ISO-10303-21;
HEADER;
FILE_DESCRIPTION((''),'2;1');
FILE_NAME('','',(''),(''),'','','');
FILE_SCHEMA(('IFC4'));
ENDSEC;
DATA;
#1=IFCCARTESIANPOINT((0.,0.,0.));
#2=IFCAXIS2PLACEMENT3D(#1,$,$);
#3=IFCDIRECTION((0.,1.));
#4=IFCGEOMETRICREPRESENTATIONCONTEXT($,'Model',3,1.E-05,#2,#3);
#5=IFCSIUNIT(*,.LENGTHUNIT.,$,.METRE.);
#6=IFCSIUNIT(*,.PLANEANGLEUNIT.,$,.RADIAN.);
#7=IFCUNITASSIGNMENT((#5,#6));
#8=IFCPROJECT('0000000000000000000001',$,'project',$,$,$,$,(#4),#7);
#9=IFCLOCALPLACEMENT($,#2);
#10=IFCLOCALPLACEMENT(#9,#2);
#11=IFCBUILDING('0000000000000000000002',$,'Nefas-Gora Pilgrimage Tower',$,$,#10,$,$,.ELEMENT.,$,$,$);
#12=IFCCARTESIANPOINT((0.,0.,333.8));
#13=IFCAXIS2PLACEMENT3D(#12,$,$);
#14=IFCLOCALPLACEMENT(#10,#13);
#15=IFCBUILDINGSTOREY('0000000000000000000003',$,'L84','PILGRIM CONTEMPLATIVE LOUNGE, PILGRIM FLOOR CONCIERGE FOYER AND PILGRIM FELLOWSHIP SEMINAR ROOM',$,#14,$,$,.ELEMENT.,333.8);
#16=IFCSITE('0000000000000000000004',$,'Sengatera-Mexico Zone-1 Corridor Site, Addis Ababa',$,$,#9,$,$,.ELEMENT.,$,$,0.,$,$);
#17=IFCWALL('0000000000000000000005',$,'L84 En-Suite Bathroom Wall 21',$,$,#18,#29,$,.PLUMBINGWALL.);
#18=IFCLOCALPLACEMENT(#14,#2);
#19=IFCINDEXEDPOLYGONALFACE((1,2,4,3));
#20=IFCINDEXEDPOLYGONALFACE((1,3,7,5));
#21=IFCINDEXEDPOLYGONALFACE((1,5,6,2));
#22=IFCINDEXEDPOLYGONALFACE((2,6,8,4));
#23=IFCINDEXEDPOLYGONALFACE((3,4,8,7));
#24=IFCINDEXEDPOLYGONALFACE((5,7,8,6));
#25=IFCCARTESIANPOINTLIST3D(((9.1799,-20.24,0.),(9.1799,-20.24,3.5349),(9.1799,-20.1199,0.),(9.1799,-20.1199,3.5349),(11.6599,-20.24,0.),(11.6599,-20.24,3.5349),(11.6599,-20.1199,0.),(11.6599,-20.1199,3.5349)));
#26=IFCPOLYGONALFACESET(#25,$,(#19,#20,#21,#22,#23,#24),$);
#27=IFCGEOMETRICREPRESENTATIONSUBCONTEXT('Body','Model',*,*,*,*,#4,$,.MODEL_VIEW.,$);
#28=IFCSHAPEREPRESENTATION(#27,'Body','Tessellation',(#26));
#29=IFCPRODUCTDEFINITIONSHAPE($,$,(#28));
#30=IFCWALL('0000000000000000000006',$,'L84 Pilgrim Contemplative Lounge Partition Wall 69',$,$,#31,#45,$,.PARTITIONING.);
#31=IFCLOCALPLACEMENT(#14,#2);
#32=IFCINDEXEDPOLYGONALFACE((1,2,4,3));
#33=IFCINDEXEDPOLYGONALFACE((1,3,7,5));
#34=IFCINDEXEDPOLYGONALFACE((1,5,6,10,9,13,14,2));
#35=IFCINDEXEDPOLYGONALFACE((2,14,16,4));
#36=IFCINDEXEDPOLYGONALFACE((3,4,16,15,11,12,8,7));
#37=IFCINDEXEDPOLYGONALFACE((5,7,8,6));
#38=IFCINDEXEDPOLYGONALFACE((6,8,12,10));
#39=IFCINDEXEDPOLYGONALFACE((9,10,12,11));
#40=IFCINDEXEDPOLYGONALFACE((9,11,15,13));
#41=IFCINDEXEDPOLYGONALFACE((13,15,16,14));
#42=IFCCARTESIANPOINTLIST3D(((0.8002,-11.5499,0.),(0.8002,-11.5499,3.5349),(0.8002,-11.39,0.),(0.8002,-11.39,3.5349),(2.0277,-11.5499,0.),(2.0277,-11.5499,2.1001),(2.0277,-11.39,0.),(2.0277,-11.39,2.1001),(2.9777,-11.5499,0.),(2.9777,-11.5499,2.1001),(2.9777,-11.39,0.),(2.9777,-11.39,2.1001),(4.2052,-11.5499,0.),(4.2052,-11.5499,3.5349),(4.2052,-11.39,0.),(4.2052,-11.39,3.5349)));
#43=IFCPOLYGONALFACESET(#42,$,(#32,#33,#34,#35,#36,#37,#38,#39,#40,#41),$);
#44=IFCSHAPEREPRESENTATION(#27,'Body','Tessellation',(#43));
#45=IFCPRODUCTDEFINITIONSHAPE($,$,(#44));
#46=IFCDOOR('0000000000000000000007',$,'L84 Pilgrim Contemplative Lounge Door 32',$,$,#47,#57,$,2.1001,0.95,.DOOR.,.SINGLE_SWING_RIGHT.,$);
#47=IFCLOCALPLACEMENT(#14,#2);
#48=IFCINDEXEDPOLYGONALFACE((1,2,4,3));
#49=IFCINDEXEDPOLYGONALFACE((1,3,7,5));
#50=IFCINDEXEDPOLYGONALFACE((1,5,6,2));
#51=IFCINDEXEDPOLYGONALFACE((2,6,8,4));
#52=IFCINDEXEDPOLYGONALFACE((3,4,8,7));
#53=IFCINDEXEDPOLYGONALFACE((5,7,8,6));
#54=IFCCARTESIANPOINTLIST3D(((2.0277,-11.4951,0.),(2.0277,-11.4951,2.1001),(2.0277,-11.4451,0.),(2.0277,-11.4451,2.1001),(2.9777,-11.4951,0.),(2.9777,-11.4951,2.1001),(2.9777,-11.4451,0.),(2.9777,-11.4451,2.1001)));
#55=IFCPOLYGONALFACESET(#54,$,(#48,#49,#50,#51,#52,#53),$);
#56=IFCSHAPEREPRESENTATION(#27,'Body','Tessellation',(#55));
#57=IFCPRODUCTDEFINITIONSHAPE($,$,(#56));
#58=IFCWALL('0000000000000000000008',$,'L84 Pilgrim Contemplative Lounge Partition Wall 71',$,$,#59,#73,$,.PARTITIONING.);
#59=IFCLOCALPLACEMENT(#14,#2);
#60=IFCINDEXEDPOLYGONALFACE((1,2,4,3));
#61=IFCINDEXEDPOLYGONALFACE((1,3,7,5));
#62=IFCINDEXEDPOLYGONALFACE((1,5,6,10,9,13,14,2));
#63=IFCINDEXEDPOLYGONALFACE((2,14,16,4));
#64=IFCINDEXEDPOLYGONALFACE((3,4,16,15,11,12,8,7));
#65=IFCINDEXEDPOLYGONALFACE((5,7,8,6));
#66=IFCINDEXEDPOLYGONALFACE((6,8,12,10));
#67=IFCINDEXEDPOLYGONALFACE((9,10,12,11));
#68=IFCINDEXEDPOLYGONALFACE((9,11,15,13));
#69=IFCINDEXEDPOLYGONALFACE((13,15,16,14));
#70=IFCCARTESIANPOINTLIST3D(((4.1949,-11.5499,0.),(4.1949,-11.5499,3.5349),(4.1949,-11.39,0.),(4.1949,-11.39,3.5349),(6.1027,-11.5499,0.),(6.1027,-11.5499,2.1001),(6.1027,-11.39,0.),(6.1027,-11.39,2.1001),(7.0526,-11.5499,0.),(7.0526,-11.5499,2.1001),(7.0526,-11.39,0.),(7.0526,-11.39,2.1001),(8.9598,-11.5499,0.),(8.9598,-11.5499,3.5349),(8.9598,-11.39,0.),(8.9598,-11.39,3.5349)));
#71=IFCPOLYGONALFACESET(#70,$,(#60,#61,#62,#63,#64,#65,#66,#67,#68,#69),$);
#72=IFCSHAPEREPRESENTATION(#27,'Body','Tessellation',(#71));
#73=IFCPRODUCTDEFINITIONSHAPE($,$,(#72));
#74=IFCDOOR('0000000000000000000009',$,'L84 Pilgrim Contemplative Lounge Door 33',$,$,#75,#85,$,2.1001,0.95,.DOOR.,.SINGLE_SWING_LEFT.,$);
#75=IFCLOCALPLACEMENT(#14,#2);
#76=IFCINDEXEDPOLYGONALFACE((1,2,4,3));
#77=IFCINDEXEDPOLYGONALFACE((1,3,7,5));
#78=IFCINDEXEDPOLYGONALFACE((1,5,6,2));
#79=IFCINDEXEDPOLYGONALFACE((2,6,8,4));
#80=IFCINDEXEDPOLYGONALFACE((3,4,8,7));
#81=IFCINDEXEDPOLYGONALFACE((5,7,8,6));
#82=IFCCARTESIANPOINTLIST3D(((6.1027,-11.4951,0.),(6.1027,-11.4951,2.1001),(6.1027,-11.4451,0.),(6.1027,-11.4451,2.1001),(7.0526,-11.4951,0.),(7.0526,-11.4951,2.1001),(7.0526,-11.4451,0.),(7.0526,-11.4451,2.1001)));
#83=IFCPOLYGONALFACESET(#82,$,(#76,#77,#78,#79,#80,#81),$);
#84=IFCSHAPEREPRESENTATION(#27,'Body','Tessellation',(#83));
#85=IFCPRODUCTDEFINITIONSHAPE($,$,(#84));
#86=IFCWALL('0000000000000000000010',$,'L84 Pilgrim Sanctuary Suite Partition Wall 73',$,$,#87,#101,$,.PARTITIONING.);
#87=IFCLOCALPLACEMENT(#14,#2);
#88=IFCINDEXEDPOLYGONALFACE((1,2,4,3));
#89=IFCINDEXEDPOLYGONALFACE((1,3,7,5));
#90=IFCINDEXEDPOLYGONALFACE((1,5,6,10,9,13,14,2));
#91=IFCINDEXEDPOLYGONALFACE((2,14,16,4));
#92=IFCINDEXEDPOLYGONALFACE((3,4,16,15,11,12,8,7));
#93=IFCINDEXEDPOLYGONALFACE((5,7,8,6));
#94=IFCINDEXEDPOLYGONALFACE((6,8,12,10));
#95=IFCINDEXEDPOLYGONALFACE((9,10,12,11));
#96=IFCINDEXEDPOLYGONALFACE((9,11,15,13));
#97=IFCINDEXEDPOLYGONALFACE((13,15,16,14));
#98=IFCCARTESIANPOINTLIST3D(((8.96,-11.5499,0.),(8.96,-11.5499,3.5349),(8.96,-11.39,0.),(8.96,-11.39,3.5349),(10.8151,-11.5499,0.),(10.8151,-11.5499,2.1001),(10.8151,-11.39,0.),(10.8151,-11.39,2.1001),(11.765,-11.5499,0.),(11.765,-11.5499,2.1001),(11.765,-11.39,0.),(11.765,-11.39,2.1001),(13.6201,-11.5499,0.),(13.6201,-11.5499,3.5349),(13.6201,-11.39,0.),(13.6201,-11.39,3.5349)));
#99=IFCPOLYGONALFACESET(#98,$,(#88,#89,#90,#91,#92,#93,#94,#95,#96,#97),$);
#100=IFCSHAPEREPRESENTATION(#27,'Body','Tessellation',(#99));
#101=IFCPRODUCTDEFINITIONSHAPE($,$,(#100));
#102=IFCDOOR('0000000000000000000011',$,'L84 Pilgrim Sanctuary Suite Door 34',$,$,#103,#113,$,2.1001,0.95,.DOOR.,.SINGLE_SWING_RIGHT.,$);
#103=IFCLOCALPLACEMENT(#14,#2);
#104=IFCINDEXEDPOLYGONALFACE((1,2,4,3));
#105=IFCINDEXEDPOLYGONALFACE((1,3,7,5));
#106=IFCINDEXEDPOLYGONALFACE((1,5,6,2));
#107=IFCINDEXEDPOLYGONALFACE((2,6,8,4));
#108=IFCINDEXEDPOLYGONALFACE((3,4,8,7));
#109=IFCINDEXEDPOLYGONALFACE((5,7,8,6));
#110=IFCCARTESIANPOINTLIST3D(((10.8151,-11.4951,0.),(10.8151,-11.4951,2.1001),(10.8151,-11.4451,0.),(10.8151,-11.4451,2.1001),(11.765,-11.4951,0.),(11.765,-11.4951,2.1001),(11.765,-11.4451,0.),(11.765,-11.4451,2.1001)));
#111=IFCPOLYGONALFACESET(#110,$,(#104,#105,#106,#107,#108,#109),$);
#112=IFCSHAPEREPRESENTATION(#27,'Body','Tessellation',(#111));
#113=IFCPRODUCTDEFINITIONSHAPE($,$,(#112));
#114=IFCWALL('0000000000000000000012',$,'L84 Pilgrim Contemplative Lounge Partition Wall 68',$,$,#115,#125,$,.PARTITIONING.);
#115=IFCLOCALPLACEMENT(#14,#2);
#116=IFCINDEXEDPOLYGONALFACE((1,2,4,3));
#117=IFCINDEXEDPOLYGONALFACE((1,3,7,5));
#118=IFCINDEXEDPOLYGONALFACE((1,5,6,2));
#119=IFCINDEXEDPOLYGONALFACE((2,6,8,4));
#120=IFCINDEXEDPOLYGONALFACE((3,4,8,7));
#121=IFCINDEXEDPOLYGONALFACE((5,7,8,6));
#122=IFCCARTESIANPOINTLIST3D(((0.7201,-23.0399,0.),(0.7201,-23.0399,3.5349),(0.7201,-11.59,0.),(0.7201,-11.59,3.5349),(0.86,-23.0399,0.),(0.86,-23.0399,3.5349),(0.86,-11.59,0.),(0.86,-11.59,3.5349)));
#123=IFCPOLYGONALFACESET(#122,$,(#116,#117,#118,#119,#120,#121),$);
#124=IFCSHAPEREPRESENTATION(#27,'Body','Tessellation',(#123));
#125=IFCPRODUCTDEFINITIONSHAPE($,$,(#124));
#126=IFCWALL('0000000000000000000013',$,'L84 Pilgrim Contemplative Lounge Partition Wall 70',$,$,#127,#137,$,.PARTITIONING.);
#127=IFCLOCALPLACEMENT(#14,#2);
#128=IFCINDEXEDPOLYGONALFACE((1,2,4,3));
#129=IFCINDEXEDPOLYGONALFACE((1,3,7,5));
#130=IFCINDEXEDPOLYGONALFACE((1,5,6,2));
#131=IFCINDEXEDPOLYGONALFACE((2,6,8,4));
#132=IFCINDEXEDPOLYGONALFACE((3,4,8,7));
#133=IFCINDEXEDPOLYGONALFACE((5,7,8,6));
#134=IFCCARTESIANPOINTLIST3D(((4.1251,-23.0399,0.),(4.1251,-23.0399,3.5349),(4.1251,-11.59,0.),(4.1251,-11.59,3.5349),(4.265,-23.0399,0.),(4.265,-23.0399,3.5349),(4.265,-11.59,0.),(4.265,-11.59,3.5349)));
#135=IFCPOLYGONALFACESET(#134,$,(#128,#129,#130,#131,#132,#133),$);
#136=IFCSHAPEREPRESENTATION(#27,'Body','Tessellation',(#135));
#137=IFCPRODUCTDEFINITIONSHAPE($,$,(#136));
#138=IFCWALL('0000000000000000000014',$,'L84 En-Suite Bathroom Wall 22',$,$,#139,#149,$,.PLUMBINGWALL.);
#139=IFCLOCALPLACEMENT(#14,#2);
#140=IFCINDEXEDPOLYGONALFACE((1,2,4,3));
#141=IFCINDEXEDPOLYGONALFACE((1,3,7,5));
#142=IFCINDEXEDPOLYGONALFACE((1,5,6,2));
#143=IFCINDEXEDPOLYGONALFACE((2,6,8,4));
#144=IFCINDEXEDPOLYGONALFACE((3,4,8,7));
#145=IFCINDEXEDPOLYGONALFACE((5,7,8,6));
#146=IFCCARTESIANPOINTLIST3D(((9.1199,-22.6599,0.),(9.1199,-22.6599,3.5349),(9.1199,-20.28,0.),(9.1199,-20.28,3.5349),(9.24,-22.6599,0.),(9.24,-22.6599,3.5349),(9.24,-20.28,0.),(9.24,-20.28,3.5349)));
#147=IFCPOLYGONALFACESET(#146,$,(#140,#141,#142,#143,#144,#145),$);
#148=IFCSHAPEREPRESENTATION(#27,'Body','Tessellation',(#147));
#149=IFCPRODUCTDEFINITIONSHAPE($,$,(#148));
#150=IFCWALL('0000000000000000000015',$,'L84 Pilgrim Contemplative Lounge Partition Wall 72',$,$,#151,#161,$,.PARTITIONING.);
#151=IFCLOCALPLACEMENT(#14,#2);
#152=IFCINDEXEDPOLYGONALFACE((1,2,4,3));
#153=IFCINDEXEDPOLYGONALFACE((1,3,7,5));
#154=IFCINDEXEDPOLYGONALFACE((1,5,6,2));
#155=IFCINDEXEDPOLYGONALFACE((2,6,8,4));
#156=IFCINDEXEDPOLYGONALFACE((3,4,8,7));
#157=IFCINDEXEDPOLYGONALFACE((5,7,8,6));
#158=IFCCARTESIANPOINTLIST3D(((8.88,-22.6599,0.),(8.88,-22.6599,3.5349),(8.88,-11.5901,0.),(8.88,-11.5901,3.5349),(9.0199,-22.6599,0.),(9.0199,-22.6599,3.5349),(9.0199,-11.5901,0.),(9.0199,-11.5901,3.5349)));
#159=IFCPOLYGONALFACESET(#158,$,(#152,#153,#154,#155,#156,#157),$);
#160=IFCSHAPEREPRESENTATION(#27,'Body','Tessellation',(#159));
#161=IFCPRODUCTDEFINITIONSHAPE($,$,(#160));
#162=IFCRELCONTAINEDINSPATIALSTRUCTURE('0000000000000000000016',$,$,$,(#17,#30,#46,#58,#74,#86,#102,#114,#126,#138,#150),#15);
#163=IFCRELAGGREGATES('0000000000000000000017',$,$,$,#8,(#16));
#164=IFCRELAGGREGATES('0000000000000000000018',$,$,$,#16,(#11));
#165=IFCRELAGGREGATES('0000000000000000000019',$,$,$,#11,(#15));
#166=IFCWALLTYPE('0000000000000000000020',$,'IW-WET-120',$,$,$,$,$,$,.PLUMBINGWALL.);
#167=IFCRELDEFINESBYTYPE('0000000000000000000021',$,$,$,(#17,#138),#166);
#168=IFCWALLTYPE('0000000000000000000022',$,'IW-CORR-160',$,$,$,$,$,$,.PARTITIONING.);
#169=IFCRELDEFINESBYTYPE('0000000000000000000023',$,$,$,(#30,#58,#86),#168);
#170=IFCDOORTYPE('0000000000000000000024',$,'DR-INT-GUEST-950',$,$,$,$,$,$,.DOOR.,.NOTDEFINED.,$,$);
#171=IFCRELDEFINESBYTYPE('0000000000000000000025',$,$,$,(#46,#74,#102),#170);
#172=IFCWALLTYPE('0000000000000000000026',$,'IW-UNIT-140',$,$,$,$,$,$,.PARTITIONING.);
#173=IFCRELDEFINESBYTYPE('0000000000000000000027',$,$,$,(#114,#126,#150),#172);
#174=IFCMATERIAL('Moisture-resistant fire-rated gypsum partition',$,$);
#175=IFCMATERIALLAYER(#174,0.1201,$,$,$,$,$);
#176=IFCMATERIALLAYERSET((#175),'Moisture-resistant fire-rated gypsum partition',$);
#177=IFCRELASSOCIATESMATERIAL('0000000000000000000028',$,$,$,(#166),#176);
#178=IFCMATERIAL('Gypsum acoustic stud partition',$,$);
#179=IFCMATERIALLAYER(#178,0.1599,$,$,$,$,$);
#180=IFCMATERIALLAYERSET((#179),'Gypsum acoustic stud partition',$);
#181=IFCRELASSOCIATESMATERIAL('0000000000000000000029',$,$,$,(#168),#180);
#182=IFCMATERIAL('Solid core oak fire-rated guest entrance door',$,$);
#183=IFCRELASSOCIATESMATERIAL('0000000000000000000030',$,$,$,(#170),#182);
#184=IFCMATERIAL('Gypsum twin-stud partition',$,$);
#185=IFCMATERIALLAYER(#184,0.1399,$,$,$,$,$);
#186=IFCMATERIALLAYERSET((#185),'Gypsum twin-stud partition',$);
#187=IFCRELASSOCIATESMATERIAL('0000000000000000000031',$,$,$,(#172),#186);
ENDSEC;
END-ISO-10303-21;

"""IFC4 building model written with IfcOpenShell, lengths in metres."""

from ifc_helpers import new_model, si_unit, direction, frame, frame_2d, origin, place, context, subcontext, project, spatial, rectangle, extrude, source, transform, mapped, material, layer, layer_set, type_object, element, fill, save


model = new_model("IFC4")

# Units and contexts
model_context = context("Model", 3, precision=1e-05, world=origin(), true_north=direction((0.0, 1.0)))
body_context = subcontext(model_context, "Body", "Model", "MODEL_VIEW")
ifc_project = project(units=[si_unit("LENGTHUNIT", "METRE"), si_unit("PLANEANGLEUNIT", "RADIAN")], contexts=[model_context])

# Site, building, storey
site_placement = place(None, origin())
site = spatial("IfcSite", under=ifc_project, at=site_placement, Name="Sengatera-Mexico Zone-1 Corridor Site, Addis Ababa", CompositionType="ELEMENT", RefElevation=0.0)
building_placement = place(site_placement, origin())
building = spatial("IfcBuilding", under=site, at=building_placement, Name="Nefas-Gora Pilgrimage Tower", CompositionType="ELEMENT")
storey_placement = place(building_placement, frame((0.0, 0.0, 333.8)))
storey = spatial("IfcBuildingStorey", under=building, at=storey_placement, Name="L84", Description="PILGRIM CONTEMPLATIVE LOUNGE, PILGRIM FLOOR CONCIERGE FOYER AND PILGRIM FELLOWSHIP SEMINAR ROOM", CompositionType="ELEMENT", Elevation=333.8)

# Shared definitions
ifc_material_1 = material(Name="Moisture-resistant fire-rated gypsum partition")
ifc_layer_1 = layer(ifc_material_1, 0.1201)
ifc_layer_set_1 = layer_set([ifc_layer_1], Name="Moisture-resistant fire-rated gypsum partition")
wall_type_1 = type_object("IfcWallType", Name="IW-WET-120", PredefinedType="PLUMBINGWALL", material=ifc_layer_set_1)
shared_shape_1 = source(origin(), body_context, "Body", "SweptSolid", [
    extrude(rectangle(XDim=2.48, YDim=0.1201, at=frame_2d((1.24, 0.0))), origin(), (0.0, 0.0, 1.0), 3.5349),
])

# Wall
wall_1_placement = place(storey_placement, frame((9.1799, -20.1799, 0.0), z_axis=(0.0, 0.0, 1.0), x_axis=(1.0, 0.0, 0.0)))
element("IfcWall", 1, at=wall_1_placement, inside=storey, type_object=wall_type_1, Name="L84 En-Suite Bathroom Wall 21", PredefinedType="PLUMBINGWALL", context=body_context, shape_type="MappedRepresentation", body=[
    mapped(shared_shape_1, transform((0.0, 0.0, 0.0), x_axis=(1.0, 0.0, 0.0), y_axis=(0.0, 1.0, 0.0), z_axis=(0.0, 0.0, 1.0), scale=1.0)),
])

# Walls, openings, doors
ifc_material_2 = material(Name="Gypsum acoustic stud partition")
ifc_layer_2 = layer(ifc_material_2, 0.1599)
ifc_layer_set_2 = layer_set([ifc_layer_2], Name="Gypsum acoustic stud partition")
wall_type_2 = type_object("IfcWallType", Name="IW-CORR-160", PredefinedType="PARTITIONING", material=ifc_layer_set_2)
shared_shape_2 = source(origin(), body_context, "Body", "SweptSolid", [
    extrude(rectangle(XDim=3.405, YDim=0.1599, at=frame_2d((1.7026, 0.0))), origin(), (0.0, 0.0, 1.0), 3.5349),
])
wall_2_placement = place(storey_placement, frame((0.8, -11.47, 0.0), z_axis=(0.0, 0.0, 1.0), x_axis=(1.0, 0.0, 0.0)))
wall_2 = element("IfcWall", 2, at=wall_2_placement, inside=storey, type_object=wall_type_2, Name="L84 Pilgrim Contemplative Lounge Partition Wall 69", PredefinedType="PARTITIONING", context=body_context, shape_type="MappedRepresentation", body=[
    mapped(shared_shape_2, transform((0.0, 0.0, 0.0), x_axis=(1.0, 0.0, 0.0), y_axis=(0.0, 1.0, 0.0), z_axis=(0.0, 0.0, 1.0), scale=1.0)),
])
opening_1_placement = place(wall_2_placement, frame((1.2275, 0.0, 0.0)))
opening_1 = element("IfcOpeningElement", 3, at=opening_1_placement, cuts=wall_2, PredefinedType="OPENING", context=body_context, shape_type="SweptSolid", body=[
    extrude(rectangle(XDim=0.95, YDim=2.1001, at=frame_2d((0.4751, 1.05))), frame((0.0, 0.0898, 0.0), z_axis=(0.0, -1.0, 0.0), x_axis=(1.0, 0.0, 0.0)), (0.0, 0.0, 1.0), 0.1799),
])
ifc_material_3 = material(Name="Solid core oak fire-rated guest entrance door")
door_type_1 = type_object("IfcDoorType", Name="DR-INT-GUEST-950", OperationType="NOTDEFINED", PredefinedType="DOOR", material=ifc_material_3)
shared_shape_3 = source(origin(), body_context, "Body", "SweptSolid", [
    extrude(rectangle(XDim=0.95, YDim=2.1001, at=frame_2d((0.4751, 1.05))), frame((0.0, 0.0249, 0.0), z_axis=(0.0, -1.0, 0.0), x_axis=(1.0, 0.0, 0.0)), (0.0, 0.0, 1.0), 0.05),
])
door_1_placement = place(opening_1_placement, origin())
door_1 = element("IfcDoor", 4, at=door_1_placement, inside=storey, type_object=door_type_1, Name="L84 Pilgrim Contemplative Lounge Door 32", OperationType="SINGLE_SWING_RIGHT", OverallHeight=2.1001, OverallWidth=0.95, PredefinedType="DOOR", context=body_context, shape_type="MappedRepresentation", body=[
    mapped(shared_shape_3, transform((0.0, 0.0, 0.0), x_axis=(1.0, 0.0, 0.0), y_axis=(0.0, 1.0, 0.0), z_axis=(0.0, 0.0, 1.0), scale=1.0)),
])
fill(opening_1, door_1)
shared_shape_4 = source(origin(), body_context, "Body", "SweptSolid", [
    extrude(rectangle(XDim=4.7649, YDim=0.1599, at=frame_2d((2.3823, 0.0))), origin(), (0.0, 0.0, 1.0), 3.5349),
])
wall_3_placement = place(storey_placement, frame((4.1951, -11.47, 0.0), z_axis=(0.0, 0.0, 1.0), x_axis=(1.0, 0.0, 0.0)))
wall_3 = element("IfcWall", 5, at=wall_3_placement, inside=storey, type_object=wall_type_2, Name="L84 Pilgrim Contemplative Lounge Partition Wall 71", PredefinedType="PARTITIONING", context=body_context, shape_type="MappedRepresentation", body=[
    mapped(shared_shape_4, transform((0.0, 0.0, 0.0), x_axis=(1.0, 0.0, 0.0), y_axis=(0.0, 1.0, 0.0), z_axis=(0.0, 0.0, 1.0), scale=1.0)),
])
opening_2_placement = place(wall_3_placement, frame((1.9075, 0.0, 0.0)))
opening_2 = element("IfcOpeningElement", 6, at=opening_2_placement, cuts=wall_3, PredefinedType="OPENING", context=body_context, shape_type="SweptSolid", body=[
    extrude(rectangle(XDim=0.95, YDim=2.1001, at=frame_2d((0.4751, 1.05))), frame((0.0, 0.0898, 0.0), z_axis=(0.0, -1.0, 0.0), x_axis=(1.0, 0.0, 0.0)), (0.0, 0.0, 1.0), 0.1799),
])
door_2_placement = place(opening_2_placement, origin())
door_2 = element("IfcDoor", 7, at=door_2_placement, inside=storey, type_object=door_type_1, Name="L84 Pilgrim Contemplative Lounge Door 33", OperationType="SINGLE_SWING_LEFT", OverallHeight=2.1001, OverallWidth=0.95, PredefinedType="DOOR", context=body_context, shape_type="MappedRepresentation", body=[
    mapped(shared_shape_3, transform((0.0, 0.0, 0.0), x_axis=(1.0, 0.0, 0.0), y_axis=(0.0, 1.0, 0.0), z_axis=(0.0, 0.0, 1.0), scale=1.0)),
])
fill(opening_2, door_2)
shared_shape_5 = source(origin(), body_context, "Body", "SweptSolid", [
    extrude(rectangle(XDim=4.6602, YDim=0.1599, at=frame_2d((2.3301, 0.0))), origin(), (0.0, 0.0, 1.0), 3.5349),
])
wall_4_placement = place(storey_placement, frame((8.96, -11.47, 0.0), z_axis=(0.0, 0.0, 1.0), x_axis=(1.0, 0.0, 0.0)))
wall_4 = element("IfcWall", 8, at=wall_4_placement, inside=storey, type_object=wall_type_2, Name="L84 Pilgrim Sanctuary Suite Partition Wall 73", PredefinedType="PARTITIONING", context=body_context, shape_type="MappedRepresentation", body=[
    mapped(shared_shape_5, transform((0.0, 0.0, 0.0), x_axis=(1.0, 0.0, 0.0), y_axis=(0.0, 1.0, 0.0), z_axis=(0.0, 0.0, 1.0), scale=1.0)),
])
opening_3_placement = place(wall_4_placement, frame((1.855, 0.0, 0.0)))
opening_3 = element("IfcOpeningElement", 9, at=opening_3_placement, cuts=wall_4, PredefinedType="OPENING", context=body_context, shape_type="SweptSolid", body=[
    extrude(rectangle(XDim=0.95, YDim=2.1001, at=frame_2d((0.4751, 1.05))), frame((0.0, 0.0898, 0.0), z_axis=(0.0, -1.0, 0.0), x_axis=(1.0, 0.0, 0.0)), (0.0, 0.0, 1.0), 0.1799),
])
door_3_placement = place(opening_3_placement, origin())
door_3 = element("IfcDoor", 10, at=door_3_placement, inside=storey, type_object=door_type_1, Name="L84 Pilgrim Sanctuary Suite Door 34", OperationType="SINGLE_SWING_RIGHT", OverallHeight=2.1001, OverallWidth=0.95, PredefinedType="DOOR", context=body_context, shape_type="MappedRepresentation", body=[
    mapped(shared_shape_3, transform((0.0, 0.0, 0.0), x_axis=(1.0, 0.0, 0.0), y_axis=(0.0, 1.0, 0.0), z_axis=(0.0, 0.0, 1.0), scale=1.0)),
])
fill(opening_3, door_3)

# Walls
ifc_material_4 = material(Name="Gypsum twin-stud partition")
ifc_layer_3 = layer(ifc_material_4, 0.1399)
ifc_layer_set_3 = layer_set([ifc_layer_3], Name="Gypsum twin-stud partition")
wall_type_3 = type_object("IfcWallType", Name="IW-UNIT-140", PredefinedType="PARTITIONING", material=ifc_layer_set_3)
shared_shape_6 = source(origin(), body_context, "Body", "SweptSolid", [
    extrude(rectangle(XDim=11.45, YDim=0.1399, at=frame_2d((5.7251, 0.0))), origin(), (0.0, 0.0, 1.0), 3.5349),
])
for number, where, z_axis, x_axis, name in (
    (11, (0.79, -23.04, 0.0), (0.0, 0.0, 1.0), (0.0, 1.0, 0.0), "L84 Pilgrim Contemplative Lounge Partition Wall 68"),
    (12, (4.1951, -23.04, 0.0), (0.0, 0.0, 1.0), (0.0, 1.0, 0.0), "L84 Pilgrim Contemplative Lounge Partition Wall 70"),
):
    element("IfcWall", number, at=place(storey_placement, frame(where, z_axis=z_axis, x_axis=x_axis)), inside=storey, type_object=wall_type_3, Name=name, PredefinedType="PARTITIONING", context=body_context, shape_type="MappedRepresentation", body=[
        mapped(shared_shape_6, transform((0.0, 0.0, 0.0), x_axis=(1.0, 0.0, 0.0), y_axis=(0.0, 1.0, 0.0), z_axis=(0.0, 0.0, 1.0), scale=1.0)),
    ])
shared_shape_7 = source(origin(), body_context, "Body", "SweptSolid", [
    extrude(rectangle(XDim=2.3799, YDim=0.1201, at=frame_2d((1.1899, 0.0))), origin(), (0.0, 0.0, 1.0), 3.5349),
])
wall_5_placement = place(storey_placement, frame((9.1799, -22.6599, 0.0), z_axis=(0.0, 0.0, 1.0), x_axis=(0.0, 1.0, 0.0)))
element("IfcWall", 13, at=wall_5_placement, inside=storey, type_object=wall_type_1, Name="L84 En-Suite Bathroom Wall 22", PredefinedType="PLUMBINGWALL", context=body_context, shape_type="MappedRepresentation", body=[
    mapped(shared_shape_7, transform((0.0, 0.0, 0.0), x_axis=(1.0, 0.0, 0.0), y_axis=(0.0, 1.0, 0.0), z_axis=(0.0, 0.0, 1.0), scale=1.0)),
])
shared_shape_8 = source(origin(), body_context, "Body", "SweptSolid", [
    extrude(rectangle(XDim=11.0698, YDim=0.1399, at=frame_2d((5.5349, 0.0))), origin(), (0.0, 0.0, 1.0), 3.5349),
])
wall_6_placement = place(storey_placement, frame((8.95, -22.6599, 0.0), z_axis=(0.0, 0.0, 1.0), x_axis=(0.0, 1.0, 0.0)))
element("IfcWall", 14, at=wall_6_placement, inside=storey, type_object=wall_type_3, Name="L84 Pilgrim Contemplative Lounge Partition Wall 72", PredefinedType="PARTITIONING", context=body_context, shape_type="MappedRepresentation", body=[
    mapped(shared_shape_8, transform((0.0, 0.0, 0.0), x_axis=(1.0, 0.0, 0.0), y_axis=(0.0, 1.0, 0.0), z_axis=(0.0, 0.0, 1.0), scale=1.0)),
])

save(model, "model.ifc")
